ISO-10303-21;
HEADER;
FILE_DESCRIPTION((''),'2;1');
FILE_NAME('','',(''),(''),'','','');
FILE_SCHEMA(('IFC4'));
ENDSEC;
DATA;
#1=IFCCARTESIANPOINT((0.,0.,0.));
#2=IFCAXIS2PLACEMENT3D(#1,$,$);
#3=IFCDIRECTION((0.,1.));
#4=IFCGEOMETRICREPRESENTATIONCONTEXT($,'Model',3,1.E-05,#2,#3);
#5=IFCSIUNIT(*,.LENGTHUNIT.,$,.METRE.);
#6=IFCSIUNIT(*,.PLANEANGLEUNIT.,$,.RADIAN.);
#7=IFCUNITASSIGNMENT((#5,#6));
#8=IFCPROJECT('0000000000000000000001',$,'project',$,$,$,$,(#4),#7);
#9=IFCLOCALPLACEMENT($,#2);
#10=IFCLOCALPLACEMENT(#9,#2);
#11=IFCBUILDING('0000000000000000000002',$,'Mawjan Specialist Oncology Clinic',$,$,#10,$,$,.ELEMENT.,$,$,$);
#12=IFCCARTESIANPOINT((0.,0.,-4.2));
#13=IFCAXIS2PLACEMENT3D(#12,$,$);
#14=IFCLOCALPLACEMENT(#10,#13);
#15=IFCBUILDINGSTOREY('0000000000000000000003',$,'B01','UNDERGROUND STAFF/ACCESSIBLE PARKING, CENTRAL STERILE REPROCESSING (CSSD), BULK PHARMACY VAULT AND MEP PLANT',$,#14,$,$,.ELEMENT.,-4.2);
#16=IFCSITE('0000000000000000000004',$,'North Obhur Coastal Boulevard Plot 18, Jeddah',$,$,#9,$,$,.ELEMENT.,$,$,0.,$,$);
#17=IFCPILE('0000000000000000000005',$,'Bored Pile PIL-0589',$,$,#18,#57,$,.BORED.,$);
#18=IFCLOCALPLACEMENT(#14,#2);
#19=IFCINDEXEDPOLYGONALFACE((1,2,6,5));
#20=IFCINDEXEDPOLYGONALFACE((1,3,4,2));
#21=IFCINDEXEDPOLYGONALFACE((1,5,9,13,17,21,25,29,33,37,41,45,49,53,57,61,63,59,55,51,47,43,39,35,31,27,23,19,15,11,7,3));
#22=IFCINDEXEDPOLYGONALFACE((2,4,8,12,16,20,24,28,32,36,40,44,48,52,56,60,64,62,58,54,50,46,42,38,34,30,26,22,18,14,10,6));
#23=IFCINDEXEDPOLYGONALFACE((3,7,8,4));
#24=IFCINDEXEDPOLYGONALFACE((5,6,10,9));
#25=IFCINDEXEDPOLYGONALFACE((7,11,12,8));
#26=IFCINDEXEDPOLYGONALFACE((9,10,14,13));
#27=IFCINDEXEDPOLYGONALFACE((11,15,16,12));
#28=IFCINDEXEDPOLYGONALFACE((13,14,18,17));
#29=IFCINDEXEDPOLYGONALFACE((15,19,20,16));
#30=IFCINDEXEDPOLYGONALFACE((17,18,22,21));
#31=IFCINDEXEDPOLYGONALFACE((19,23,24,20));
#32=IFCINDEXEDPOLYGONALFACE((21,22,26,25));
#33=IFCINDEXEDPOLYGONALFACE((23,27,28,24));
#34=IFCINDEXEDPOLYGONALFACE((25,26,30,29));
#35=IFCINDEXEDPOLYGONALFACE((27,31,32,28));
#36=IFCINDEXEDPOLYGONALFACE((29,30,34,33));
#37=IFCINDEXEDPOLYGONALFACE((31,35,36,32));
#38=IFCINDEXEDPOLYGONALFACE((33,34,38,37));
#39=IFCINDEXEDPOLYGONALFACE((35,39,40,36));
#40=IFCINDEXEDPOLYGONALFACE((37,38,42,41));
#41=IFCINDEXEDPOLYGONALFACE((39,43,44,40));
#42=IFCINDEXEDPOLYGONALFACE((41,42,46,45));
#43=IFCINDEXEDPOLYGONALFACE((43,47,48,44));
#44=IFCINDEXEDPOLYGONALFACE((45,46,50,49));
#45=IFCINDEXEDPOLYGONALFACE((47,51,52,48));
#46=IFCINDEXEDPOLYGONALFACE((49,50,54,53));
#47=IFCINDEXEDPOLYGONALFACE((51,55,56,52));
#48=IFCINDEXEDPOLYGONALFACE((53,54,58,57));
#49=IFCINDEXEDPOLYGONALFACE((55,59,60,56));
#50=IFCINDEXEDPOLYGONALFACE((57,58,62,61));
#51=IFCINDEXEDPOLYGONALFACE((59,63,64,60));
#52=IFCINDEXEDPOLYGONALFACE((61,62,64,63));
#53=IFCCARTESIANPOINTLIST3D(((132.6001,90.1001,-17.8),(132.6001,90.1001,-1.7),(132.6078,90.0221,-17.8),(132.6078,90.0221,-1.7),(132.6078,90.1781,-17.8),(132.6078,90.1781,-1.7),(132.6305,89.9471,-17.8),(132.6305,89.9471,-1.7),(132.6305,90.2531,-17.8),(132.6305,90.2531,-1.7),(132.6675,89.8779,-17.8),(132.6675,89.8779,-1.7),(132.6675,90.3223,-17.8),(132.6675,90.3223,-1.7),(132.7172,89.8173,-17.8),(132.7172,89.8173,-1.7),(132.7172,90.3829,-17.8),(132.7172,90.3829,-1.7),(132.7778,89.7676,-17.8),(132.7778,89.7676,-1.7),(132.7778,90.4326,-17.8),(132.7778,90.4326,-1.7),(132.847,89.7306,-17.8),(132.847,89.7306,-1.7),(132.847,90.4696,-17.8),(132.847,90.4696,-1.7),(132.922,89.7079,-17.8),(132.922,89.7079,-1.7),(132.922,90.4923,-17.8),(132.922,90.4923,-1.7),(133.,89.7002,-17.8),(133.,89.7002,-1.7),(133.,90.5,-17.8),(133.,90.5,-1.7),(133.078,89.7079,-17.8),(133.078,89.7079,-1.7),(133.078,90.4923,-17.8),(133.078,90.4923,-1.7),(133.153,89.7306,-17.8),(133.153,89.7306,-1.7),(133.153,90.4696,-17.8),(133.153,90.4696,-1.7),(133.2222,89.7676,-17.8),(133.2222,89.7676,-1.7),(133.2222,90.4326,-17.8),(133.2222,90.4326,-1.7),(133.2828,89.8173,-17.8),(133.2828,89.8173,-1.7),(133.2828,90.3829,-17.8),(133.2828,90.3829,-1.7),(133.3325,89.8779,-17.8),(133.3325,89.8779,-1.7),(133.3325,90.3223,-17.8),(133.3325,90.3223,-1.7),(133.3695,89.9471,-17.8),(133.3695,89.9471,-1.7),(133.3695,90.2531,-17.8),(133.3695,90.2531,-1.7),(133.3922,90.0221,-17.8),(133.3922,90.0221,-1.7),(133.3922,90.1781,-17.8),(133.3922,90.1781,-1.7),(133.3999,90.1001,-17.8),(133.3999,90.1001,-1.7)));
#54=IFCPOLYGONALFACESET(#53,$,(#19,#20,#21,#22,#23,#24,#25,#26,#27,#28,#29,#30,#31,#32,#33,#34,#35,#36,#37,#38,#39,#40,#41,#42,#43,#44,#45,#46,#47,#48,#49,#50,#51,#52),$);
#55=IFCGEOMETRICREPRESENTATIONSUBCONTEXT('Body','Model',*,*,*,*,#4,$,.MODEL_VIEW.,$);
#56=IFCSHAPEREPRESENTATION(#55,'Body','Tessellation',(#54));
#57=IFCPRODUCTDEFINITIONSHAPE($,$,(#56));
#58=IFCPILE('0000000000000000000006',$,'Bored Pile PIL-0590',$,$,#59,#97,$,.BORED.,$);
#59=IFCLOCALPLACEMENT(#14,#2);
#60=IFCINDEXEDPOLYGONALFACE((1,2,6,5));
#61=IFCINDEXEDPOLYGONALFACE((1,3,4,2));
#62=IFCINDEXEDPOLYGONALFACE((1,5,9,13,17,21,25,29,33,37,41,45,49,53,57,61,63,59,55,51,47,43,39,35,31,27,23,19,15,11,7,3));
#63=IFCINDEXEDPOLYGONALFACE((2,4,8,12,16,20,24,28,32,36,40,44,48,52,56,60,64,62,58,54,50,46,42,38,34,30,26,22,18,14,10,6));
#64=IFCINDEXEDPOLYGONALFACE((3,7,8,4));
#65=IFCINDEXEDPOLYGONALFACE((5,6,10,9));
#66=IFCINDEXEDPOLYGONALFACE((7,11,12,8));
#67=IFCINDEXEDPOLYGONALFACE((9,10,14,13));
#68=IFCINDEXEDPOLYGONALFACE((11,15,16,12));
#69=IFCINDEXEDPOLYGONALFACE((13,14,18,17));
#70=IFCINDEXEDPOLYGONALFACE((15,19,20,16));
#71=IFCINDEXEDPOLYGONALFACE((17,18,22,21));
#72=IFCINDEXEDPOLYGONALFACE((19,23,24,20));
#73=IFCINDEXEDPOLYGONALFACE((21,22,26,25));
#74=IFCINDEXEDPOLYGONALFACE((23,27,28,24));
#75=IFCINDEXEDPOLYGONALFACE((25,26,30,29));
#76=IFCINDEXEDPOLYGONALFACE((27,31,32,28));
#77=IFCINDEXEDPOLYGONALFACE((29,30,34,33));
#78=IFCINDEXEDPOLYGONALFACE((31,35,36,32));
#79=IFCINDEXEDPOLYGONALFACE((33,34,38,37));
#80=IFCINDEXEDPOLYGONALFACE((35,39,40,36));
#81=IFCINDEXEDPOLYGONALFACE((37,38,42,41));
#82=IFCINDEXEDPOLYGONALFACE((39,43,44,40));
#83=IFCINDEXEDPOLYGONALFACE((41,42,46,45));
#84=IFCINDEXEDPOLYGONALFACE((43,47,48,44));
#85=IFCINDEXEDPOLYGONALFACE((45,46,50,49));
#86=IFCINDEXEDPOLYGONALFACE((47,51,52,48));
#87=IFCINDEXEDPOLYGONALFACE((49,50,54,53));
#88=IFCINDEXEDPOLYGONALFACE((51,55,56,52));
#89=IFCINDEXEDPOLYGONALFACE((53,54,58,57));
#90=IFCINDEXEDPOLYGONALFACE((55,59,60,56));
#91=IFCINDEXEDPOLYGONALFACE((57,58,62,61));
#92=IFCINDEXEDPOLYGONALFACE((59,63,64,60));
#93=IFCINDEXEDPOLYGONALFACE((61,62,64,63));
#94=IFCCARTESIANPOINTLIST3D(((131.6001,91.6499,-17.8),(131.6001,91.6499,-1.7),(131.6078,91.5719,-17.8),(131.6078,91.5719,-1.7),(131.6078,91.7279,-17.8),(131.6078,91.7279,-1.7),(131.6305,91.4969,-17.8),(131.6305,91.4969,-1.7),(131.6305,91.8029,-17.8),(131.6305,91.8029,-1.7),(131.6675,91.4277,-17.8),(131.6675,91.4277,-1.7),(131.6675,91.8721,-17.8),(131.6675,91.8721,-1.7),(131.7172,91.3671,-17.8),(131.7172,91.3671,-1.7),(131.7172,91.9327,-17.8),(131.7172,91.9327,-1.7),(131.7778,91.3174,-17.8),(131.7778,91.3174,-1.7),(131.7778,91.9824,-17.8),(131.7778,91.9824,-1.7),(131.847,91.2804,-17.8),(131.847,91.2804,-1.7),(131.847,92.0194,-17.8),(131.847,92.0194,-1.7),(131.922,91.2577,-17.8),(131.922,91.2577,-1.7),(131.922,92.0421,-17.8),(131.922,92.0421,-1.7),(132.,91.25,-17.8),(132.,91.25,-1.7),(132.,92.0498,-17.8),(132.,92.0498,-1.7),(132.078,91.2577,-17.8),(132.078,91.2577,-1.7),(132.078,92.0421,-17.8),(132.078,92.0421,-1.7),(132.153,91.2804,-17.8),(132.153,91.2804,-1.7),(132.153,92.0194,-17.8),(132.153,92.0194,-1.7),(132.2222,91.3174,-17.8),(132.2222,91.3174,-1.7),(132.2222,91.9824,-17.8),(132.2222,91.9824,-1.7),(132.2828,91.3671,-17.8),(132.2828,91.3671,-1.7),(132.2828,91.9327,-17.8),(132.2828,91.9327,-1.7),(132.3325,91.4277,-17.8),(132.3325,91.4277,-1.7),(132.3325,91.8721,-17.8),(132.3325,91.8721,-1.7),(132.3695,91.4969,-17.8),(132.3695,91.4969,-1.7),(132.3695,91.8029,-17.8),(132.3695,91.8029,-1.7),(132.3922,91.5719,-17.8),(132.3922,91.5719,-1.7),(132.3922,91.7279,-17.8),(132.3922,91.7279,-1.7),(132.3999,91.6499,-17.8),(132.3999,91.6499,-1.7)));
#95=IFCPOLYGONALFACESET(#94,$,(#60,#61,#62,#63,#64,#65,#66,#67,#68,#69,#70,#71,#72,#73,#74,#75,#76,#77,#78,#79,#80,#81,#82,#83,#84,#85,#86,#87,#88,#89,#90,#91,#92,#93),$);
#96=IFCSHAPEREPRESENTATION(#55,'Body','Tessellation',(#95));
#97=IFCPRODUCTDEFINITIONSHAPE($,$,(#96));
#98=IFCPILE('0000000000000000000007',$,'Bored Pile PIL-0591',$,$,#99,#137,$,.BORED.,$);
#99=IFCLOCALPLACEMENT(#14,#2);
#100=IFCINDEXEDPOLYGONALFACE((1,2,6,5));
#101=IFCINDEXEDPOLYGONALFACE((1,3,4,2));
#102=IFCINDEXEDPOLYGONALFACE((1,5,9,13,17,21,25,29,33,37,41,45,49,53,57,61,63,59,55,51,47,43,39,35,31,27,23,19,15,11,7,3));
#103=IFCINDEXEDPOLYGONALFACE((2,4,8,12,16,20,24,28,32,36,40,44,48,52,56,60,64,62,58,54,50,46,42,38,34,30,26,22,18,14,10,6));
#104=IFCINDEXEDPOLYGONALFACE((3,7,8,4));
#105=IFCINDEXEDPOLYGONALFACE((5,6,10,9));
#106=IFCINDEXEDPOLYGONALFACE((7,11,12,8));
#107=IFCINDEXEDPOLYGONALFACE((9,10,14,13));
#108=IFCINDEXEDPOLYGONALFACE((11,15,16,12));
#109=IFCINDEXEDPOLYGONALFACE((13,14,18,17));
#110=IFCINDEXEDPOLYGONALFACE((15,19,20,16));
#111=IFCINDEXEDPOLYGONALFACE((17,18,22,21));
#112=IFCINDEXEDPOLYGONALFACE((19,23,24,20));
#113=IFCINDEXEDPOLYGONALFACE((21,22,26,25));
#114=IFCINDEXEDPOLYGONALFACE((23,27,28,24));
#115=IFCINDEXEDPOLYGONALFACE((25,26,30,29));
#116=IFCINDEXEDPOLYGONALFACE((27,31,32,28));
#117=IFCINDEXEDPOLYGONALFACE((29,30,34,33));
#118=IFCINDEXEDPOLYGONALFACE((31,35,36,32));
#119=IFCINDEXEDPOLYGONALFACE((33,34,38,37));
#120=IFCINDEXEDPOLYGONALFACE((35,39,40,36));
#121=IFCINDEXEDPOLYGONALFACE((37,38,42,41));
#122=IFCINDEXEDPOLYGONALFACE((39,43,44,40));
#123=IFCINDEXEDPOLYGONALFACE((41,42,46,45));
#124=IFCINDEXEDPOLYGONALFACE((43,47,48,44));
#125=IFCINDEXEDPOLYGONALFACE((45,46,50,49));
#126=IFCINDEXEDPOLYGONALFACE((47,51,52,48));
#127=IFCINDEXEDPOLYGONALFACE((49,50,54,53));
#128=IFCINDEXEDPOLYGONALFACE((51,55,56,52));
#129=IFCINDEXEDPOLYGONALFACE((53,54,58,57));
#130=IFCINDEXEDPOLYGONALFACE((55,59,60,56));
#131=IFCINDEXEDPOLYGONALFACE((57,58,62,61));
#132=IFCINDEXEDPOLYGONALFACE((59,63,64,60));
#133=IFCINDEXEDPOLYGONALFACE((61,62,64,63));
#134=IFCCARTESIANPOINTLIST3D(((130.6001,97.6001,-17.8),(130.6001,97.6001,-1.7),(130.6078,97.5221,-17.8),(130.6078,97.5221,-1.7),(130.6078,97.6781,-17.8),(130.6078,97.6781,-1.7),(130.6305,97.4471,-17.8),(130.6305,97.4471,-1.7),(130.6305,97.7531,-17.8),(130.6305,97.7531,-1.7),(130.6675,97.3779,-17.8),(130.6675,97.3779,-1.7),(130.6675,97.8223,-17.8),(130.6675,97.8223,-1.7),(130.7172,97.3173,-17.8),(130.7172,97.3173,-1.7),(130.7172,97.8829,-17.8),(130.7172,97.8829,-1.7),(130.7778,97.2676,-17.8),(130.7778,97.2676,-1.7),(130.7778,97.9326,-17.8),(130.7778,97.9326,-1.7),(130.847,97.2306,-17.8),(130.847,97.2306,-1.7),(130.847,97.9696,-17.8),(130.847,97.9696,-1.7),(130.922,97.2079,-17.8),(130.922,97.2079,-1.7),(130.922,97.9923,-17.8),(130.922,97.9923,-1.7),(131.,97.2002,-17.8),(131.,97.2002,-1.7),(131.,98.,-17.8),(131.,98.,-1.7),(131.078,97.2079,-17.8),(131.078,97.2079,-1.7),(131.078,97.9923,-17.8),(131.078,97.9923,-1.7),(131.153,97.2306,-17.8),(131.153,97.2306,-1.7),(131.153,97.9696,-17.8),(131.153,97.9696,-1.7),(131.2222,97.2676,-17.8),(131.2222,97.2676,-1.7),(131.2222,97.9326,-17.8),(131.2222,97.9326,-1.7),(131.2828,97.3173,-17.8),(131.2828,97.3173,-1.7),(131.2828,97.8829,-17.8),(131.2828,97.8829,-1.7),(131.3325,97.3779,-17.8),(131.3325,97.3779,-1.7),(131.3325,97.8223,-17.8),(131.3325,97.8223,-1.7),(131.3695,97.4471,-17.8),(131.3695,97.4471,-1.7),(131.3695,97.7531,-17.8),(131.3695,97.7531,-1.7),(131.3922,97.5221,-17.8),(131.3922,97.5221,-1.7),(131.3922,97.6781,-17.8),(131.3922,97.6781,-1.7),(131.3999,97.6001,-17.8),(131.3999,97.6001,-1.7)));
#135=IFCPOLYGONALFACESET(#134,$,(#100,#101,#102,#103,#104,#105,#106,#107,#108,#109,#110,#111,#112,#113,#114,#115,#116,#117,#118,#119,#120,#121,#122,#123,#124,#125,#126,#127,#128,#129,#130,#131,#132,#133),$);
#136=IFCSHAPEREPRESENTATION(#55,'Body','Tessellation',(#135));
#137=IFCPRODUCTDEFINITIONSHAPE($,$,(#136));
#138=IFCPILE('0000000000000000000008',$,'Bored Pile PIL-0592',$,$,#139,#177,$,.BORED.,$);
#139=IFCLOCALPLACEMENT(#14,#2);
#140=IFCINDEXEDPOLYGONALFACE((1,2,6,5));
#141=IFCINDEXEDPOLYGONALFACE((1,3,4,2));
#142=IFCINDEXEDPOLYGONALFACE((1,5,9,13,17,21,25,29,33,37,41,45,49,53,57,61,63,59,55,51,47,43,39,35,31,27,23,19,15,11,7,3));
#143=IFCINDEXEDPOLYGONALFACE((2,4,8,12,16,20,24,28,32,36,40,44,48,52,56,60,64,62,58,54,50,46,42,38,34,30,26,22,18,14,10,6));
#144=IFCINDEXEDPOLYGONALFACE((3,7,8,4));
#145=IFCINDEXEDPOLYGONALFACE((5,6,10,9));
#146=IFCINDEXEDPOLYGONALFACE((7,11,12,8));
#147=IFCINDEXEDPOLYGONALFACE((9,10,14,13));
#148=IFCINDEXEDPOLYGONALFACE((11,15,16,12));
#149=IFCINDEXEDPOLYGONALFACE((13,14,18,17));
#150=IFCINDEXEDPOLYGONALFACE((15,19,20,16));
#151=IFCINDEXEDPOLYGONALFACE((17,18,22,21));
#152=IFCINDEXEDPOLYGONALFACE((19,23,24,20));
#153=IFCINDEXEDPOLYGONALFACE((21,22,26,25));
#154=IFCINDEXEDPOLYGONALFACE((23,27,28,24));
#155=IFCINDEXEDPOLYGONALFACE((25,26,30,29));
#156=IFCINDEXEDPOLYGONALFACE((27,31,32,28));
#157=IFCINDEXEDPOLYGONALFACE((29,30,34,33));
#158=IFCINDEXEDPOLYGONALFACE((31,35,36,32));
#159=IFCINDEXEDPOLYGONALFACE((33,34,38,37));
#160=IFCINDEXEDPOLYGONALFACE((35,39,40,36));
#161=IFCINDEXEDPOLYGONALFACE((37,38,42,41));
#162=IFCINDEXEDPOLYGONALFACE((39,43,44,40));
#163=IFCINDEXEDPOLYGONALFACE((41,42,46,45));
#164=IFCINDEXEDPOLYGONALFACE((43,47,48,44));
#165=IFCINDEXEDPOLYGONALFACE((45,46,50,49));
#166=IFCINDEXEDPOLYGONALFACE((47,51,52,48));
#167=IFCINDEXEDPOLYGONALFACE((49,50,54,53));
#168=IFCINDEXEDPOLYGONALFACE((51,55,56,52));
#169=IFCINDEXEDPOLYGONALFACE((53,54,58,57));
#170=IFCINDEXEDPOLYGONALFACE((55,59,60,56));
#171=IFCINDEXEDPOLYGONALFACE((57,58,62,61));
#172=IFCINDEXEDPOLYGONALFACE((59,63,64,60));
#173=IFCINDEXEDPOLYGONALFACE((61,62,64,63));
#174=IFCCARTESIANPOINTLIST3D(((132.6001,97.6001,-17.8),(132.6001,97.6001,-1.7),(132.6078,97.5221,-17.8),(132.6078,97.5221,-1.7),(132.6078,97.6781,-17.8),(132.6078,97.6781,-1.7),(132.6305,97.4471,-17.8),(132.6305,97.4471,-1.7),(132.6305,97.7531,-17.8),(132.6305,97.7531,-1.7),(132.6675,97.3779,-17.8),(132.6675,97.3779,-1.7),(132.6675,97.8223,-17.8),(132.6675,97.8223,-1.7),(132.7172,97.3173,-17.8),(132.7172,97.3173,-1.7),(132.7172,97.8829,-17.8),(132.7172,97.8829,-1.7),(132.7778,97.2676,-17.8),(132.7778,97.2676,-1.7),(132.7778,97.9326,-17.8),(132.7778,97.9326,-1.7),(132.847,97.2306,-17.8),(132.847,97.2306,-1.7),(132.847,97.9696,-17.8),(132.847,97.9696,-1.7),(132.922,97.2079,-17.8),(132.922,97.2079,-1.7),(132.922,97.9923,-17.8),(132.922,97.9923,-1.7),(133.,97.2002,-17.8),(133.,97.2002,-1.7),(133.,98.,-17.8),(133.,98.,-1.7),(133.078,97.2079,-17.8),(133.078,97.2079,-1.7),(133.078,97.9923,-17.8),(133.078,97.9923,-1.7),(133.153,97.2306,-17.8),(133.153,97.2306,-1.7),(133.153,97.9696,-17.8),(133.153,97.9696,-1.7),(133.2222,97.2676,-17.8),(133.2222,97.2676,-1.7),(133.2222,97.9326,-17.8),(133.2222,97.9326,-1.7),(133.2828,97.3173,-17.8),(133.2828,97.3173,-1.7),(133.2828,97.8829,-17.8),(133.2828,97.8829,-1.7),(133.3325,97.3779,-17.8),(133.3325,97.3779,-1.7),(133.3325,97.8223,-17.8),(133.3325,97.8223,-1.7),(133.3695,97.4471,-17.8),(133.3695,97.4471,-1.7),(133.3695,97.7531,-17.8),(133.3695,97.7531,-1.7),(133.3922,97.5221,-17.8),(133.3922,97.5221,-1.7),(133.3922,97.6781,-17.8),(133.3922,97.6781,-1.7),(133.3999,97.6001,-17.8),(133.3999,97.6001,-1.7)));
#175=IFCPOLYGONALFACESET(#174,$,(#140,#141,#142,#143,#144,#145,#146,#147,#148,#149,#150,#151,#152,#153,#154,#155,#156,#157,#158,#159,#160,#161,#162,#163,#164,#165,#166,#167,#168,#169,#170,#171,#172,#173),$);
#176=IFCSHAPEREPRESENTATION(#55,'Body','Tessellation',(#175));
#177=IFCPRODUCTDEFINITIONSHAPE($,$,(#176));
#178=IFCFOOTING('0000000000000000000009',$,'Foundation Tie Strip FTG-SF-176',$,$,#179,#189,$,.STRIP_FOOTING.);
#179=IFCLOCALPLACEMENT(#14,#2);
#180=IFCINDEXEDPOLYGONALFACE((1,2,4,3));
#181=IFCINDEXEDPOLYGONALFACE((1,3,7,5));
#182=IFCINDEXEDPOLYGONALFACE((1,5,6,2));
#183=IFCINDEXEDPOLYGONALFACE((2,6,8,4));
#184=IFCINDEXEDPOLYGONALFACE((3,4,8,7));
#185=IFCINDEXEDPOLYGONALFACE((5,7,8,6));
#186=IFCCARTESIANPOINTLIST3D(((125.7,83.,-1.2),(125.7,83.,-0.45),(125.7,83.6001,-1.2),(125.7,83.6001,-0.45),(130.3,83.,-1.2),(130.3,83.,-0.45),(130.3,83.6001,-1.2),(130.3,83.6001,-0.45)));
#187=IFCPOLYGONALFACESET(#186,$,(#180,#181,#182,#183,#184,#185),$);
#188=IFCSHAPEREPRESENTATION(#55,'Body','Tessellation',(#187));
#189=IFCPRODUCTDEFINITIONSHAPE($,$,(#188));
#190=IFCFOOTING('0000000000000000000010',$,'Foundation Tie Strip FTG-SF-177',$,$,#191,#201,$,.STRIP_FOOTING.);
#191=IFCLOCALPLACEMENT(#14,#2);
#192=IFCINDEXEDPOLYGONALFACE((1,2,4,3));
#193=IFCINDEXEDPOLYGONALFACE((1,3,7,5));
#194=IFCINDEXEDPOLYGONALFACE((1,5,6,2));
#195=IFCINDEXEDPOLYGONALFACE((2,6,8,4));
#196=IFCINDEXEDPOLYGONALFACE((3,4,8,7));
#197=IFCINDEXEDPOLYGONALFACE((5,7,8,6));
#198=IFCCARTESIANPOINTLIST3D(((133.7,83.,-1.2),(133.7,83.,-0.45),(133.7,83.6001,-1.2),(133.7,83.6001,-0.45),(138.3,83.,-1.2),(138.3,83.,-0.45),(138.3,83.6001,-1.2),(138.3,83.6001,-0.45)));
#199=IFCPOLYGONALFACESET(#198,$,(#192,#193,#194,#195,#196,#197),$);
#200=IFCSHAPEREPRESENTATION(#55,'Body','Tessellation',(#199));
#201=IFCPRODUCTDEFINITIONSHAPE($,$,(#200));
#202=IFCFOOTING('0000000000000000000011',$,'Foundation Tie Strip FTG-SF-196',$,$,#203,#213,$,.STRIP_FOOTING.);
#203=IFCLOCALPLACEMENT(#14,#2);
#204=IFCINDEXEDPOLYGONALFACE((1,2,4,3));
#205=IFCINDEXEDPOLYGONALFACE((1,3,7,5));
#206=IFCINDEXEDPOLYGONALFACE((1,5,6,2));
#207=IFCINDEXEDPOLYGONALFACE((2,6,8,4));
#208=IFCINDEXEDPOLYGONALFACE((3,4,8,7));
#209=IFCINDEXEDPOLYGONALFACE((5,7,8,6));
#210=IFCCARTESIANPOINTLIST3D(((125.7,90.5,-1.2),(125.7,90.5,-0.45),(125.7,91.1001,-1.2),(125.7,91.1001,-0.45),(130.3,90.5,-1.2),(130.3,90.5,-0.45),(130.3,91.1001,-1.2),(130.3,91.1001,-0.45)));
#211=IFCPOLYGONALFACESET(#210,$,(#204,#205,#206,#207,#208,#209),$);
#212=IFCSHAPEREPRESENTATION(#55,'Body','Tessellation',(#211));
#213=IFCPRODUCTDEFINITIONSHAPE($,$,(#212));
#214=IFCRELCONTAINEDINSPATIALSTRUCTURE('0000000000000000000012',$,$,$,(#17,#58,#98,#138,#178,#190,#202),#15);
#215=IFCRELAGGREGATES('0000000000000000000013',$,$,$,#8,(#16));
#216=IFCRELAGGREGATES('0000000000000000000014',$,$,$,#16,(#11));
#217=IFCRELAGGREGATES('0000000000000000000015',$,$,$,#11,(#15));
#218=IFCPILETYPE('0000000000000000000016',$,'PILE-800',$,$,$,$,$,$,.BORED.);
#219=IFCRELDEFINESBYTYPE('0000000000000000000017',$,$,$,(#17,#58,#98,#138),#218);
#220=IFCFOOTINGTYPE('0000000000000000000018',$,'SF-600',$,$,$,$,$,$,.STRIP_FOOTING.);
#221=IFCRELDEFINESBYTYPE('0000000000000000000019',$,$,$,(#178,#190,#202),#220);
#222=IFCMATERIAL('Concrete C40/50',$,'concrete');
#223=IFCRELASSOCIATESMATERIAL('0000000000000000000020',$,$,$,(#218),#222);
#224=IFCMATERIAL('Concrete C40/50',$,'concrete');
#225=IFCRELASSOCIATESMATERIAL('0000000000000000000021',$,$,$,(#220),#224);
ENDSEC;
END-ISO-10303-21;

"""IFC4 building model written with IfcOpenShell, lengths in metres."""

from ifc_helpers import new_model, si_unit, direction, frame, origin, origin_2d, place, context, subcontext, project, spatial, rectangle, circle, extrude, material, material_profile, profile_set, type_object, element, save


model = new_model("IFC4")

# Units and contexts
model_context = context("Model", 3, precision=1e-05, world=origin(), true_north=direction((0.0, 1.0)))
body_context = subcontext(model_context, "Body", "Model", "MODEL_VIEW")
ifc_project = project(units=[si_unit("LENGTHUNIT", "METRE"), si_unit("PLANEANGLEUNIT", "RADIAN")], contexts=[model_context])

# Site, building, storey
site_placement = place(None, origin())
site = spatial("IfcSite", under=ifc_project, at=site_placement, Name="North Obhur Coastal Boulevard Plot 18, Jeddah", CompositionType="ELEMENT", RefElevation=0.0)
building_placement = place(site_placement, origin())
building = spatial("IfcBuilding", under=site, at=building_placement, Name="Mawjan Specialist Oncology Clinic", CompositionType="ELEMENT")
storey_placement = place(building_placement, frame((0.0, 0.0, -4.2)))
storey = spatial("IfcBuildingStorey", under=building, at=storey_placement, Name="B01", Description="UNDERGROUND STAFF/ACCESSIBLE PARKING, CENTRAL STERILE REPROCESSING (CSSD), BULK PHARMACY VAULT AND MEP PLANT", CompositionType="ELEMENT", Elevation=-4.2)

# Piles
ifc_material_1 = material(Name="Concrete C40/50", Category="concrete")
ifc_material_profile_1 = material_profile(ifc_material_1, circle(Radius=0.3999, at=origin_2d()), Name="BORED PILE D800", Category="concrete")
ifc_profile_set_1 = profile_set([ifc_material_profile_1], Name="Concrete C40/50")
pile_type = type_object("IfcPileType", Name="PILE-800", PredefinedType="BORED", material=ifc_profile_set_1)
for number, where, z_axis, x_axis, name in (
    (1, (133.0, 90.1001, -1.7), (0.0, 0.0, -1.0), (1.0, 0.0, 0.0), "Bored Pile PIL-0589"),
    (2, (132.0, 91.6499, -1.7), (0.0, 0.0, -1.0), (1.0, 0.0, 0.0), "Bored Pile PIL-0590"),
    (3, (131.0, 97.6001, -1.7), (0.0, 0.0, -1.0), (1.0, 0.0, 0.0), "Bored Pile PIL-0591"),
    (4, (133.0, 97.6001, -1.7), (0.0, 0.0, -1.0), (1.0, 0.0, 0.0), "Bored Pile PIL-0592"),
):
    element("IfcPile", number, at=place(storey_placement, frame(where, z_axis=z_axis, x_axis=x_axis)), inside=storey, type_object=pile_type, Name=name, PredefinedType="BORED", context=body_context, shape_type="SweptSolid", body=[
        extrude(circle(Radius=0.3999, at=origin_2d()), origin(), (0.0, 0.0, 1.0), 16.1001),
    ])

# Footings
ifc_material_2 = material(Name="Concrete C40/50", Category="concrete")
footing_type_1 = type_object("IfcFootingType", Name="SF-600", PredefinedType="STRIP_FOOTING", material=ifc_material_2)
for number, where, z_axis, x_axis, name in (
    (5, (128.0, 83.3, -1.2), (0.0, 0.0, 1.0), (1.0, 0.0, 0.0), "Foundation Tie Strip FTG-SF-176"),
    (6, (136.0, 83.3, -1.2), (0.0, 0.0, 1.0), (1.0, 0.0, 0.0), "Foundation Tie Strip FTG-SF-177"),
    (7, (128.0, 90.8, -1.2), (0.0, 0.0, 1.0), (1.0, 0.0, 0.0), "Foundation Tie Strip FTG-SF-196"),
):
    element("IfcFooting", number, at=place(storey_placement, frame(where, z_axis=z_axis, x_axis=x_axis)), inside=storey, type_object=footing_type_1, Name=name, PredefinedType="STRIP_FOOTING", context=body_context, shape_type="SweptSolid", body=[
        extrude(rectangle(XDim=4.6001, YDim=0.6001, at=origin_2d()), origin(), (0.0, 0.0, 1.0), 0.75),
    ])

save(model, "model.ifc")
